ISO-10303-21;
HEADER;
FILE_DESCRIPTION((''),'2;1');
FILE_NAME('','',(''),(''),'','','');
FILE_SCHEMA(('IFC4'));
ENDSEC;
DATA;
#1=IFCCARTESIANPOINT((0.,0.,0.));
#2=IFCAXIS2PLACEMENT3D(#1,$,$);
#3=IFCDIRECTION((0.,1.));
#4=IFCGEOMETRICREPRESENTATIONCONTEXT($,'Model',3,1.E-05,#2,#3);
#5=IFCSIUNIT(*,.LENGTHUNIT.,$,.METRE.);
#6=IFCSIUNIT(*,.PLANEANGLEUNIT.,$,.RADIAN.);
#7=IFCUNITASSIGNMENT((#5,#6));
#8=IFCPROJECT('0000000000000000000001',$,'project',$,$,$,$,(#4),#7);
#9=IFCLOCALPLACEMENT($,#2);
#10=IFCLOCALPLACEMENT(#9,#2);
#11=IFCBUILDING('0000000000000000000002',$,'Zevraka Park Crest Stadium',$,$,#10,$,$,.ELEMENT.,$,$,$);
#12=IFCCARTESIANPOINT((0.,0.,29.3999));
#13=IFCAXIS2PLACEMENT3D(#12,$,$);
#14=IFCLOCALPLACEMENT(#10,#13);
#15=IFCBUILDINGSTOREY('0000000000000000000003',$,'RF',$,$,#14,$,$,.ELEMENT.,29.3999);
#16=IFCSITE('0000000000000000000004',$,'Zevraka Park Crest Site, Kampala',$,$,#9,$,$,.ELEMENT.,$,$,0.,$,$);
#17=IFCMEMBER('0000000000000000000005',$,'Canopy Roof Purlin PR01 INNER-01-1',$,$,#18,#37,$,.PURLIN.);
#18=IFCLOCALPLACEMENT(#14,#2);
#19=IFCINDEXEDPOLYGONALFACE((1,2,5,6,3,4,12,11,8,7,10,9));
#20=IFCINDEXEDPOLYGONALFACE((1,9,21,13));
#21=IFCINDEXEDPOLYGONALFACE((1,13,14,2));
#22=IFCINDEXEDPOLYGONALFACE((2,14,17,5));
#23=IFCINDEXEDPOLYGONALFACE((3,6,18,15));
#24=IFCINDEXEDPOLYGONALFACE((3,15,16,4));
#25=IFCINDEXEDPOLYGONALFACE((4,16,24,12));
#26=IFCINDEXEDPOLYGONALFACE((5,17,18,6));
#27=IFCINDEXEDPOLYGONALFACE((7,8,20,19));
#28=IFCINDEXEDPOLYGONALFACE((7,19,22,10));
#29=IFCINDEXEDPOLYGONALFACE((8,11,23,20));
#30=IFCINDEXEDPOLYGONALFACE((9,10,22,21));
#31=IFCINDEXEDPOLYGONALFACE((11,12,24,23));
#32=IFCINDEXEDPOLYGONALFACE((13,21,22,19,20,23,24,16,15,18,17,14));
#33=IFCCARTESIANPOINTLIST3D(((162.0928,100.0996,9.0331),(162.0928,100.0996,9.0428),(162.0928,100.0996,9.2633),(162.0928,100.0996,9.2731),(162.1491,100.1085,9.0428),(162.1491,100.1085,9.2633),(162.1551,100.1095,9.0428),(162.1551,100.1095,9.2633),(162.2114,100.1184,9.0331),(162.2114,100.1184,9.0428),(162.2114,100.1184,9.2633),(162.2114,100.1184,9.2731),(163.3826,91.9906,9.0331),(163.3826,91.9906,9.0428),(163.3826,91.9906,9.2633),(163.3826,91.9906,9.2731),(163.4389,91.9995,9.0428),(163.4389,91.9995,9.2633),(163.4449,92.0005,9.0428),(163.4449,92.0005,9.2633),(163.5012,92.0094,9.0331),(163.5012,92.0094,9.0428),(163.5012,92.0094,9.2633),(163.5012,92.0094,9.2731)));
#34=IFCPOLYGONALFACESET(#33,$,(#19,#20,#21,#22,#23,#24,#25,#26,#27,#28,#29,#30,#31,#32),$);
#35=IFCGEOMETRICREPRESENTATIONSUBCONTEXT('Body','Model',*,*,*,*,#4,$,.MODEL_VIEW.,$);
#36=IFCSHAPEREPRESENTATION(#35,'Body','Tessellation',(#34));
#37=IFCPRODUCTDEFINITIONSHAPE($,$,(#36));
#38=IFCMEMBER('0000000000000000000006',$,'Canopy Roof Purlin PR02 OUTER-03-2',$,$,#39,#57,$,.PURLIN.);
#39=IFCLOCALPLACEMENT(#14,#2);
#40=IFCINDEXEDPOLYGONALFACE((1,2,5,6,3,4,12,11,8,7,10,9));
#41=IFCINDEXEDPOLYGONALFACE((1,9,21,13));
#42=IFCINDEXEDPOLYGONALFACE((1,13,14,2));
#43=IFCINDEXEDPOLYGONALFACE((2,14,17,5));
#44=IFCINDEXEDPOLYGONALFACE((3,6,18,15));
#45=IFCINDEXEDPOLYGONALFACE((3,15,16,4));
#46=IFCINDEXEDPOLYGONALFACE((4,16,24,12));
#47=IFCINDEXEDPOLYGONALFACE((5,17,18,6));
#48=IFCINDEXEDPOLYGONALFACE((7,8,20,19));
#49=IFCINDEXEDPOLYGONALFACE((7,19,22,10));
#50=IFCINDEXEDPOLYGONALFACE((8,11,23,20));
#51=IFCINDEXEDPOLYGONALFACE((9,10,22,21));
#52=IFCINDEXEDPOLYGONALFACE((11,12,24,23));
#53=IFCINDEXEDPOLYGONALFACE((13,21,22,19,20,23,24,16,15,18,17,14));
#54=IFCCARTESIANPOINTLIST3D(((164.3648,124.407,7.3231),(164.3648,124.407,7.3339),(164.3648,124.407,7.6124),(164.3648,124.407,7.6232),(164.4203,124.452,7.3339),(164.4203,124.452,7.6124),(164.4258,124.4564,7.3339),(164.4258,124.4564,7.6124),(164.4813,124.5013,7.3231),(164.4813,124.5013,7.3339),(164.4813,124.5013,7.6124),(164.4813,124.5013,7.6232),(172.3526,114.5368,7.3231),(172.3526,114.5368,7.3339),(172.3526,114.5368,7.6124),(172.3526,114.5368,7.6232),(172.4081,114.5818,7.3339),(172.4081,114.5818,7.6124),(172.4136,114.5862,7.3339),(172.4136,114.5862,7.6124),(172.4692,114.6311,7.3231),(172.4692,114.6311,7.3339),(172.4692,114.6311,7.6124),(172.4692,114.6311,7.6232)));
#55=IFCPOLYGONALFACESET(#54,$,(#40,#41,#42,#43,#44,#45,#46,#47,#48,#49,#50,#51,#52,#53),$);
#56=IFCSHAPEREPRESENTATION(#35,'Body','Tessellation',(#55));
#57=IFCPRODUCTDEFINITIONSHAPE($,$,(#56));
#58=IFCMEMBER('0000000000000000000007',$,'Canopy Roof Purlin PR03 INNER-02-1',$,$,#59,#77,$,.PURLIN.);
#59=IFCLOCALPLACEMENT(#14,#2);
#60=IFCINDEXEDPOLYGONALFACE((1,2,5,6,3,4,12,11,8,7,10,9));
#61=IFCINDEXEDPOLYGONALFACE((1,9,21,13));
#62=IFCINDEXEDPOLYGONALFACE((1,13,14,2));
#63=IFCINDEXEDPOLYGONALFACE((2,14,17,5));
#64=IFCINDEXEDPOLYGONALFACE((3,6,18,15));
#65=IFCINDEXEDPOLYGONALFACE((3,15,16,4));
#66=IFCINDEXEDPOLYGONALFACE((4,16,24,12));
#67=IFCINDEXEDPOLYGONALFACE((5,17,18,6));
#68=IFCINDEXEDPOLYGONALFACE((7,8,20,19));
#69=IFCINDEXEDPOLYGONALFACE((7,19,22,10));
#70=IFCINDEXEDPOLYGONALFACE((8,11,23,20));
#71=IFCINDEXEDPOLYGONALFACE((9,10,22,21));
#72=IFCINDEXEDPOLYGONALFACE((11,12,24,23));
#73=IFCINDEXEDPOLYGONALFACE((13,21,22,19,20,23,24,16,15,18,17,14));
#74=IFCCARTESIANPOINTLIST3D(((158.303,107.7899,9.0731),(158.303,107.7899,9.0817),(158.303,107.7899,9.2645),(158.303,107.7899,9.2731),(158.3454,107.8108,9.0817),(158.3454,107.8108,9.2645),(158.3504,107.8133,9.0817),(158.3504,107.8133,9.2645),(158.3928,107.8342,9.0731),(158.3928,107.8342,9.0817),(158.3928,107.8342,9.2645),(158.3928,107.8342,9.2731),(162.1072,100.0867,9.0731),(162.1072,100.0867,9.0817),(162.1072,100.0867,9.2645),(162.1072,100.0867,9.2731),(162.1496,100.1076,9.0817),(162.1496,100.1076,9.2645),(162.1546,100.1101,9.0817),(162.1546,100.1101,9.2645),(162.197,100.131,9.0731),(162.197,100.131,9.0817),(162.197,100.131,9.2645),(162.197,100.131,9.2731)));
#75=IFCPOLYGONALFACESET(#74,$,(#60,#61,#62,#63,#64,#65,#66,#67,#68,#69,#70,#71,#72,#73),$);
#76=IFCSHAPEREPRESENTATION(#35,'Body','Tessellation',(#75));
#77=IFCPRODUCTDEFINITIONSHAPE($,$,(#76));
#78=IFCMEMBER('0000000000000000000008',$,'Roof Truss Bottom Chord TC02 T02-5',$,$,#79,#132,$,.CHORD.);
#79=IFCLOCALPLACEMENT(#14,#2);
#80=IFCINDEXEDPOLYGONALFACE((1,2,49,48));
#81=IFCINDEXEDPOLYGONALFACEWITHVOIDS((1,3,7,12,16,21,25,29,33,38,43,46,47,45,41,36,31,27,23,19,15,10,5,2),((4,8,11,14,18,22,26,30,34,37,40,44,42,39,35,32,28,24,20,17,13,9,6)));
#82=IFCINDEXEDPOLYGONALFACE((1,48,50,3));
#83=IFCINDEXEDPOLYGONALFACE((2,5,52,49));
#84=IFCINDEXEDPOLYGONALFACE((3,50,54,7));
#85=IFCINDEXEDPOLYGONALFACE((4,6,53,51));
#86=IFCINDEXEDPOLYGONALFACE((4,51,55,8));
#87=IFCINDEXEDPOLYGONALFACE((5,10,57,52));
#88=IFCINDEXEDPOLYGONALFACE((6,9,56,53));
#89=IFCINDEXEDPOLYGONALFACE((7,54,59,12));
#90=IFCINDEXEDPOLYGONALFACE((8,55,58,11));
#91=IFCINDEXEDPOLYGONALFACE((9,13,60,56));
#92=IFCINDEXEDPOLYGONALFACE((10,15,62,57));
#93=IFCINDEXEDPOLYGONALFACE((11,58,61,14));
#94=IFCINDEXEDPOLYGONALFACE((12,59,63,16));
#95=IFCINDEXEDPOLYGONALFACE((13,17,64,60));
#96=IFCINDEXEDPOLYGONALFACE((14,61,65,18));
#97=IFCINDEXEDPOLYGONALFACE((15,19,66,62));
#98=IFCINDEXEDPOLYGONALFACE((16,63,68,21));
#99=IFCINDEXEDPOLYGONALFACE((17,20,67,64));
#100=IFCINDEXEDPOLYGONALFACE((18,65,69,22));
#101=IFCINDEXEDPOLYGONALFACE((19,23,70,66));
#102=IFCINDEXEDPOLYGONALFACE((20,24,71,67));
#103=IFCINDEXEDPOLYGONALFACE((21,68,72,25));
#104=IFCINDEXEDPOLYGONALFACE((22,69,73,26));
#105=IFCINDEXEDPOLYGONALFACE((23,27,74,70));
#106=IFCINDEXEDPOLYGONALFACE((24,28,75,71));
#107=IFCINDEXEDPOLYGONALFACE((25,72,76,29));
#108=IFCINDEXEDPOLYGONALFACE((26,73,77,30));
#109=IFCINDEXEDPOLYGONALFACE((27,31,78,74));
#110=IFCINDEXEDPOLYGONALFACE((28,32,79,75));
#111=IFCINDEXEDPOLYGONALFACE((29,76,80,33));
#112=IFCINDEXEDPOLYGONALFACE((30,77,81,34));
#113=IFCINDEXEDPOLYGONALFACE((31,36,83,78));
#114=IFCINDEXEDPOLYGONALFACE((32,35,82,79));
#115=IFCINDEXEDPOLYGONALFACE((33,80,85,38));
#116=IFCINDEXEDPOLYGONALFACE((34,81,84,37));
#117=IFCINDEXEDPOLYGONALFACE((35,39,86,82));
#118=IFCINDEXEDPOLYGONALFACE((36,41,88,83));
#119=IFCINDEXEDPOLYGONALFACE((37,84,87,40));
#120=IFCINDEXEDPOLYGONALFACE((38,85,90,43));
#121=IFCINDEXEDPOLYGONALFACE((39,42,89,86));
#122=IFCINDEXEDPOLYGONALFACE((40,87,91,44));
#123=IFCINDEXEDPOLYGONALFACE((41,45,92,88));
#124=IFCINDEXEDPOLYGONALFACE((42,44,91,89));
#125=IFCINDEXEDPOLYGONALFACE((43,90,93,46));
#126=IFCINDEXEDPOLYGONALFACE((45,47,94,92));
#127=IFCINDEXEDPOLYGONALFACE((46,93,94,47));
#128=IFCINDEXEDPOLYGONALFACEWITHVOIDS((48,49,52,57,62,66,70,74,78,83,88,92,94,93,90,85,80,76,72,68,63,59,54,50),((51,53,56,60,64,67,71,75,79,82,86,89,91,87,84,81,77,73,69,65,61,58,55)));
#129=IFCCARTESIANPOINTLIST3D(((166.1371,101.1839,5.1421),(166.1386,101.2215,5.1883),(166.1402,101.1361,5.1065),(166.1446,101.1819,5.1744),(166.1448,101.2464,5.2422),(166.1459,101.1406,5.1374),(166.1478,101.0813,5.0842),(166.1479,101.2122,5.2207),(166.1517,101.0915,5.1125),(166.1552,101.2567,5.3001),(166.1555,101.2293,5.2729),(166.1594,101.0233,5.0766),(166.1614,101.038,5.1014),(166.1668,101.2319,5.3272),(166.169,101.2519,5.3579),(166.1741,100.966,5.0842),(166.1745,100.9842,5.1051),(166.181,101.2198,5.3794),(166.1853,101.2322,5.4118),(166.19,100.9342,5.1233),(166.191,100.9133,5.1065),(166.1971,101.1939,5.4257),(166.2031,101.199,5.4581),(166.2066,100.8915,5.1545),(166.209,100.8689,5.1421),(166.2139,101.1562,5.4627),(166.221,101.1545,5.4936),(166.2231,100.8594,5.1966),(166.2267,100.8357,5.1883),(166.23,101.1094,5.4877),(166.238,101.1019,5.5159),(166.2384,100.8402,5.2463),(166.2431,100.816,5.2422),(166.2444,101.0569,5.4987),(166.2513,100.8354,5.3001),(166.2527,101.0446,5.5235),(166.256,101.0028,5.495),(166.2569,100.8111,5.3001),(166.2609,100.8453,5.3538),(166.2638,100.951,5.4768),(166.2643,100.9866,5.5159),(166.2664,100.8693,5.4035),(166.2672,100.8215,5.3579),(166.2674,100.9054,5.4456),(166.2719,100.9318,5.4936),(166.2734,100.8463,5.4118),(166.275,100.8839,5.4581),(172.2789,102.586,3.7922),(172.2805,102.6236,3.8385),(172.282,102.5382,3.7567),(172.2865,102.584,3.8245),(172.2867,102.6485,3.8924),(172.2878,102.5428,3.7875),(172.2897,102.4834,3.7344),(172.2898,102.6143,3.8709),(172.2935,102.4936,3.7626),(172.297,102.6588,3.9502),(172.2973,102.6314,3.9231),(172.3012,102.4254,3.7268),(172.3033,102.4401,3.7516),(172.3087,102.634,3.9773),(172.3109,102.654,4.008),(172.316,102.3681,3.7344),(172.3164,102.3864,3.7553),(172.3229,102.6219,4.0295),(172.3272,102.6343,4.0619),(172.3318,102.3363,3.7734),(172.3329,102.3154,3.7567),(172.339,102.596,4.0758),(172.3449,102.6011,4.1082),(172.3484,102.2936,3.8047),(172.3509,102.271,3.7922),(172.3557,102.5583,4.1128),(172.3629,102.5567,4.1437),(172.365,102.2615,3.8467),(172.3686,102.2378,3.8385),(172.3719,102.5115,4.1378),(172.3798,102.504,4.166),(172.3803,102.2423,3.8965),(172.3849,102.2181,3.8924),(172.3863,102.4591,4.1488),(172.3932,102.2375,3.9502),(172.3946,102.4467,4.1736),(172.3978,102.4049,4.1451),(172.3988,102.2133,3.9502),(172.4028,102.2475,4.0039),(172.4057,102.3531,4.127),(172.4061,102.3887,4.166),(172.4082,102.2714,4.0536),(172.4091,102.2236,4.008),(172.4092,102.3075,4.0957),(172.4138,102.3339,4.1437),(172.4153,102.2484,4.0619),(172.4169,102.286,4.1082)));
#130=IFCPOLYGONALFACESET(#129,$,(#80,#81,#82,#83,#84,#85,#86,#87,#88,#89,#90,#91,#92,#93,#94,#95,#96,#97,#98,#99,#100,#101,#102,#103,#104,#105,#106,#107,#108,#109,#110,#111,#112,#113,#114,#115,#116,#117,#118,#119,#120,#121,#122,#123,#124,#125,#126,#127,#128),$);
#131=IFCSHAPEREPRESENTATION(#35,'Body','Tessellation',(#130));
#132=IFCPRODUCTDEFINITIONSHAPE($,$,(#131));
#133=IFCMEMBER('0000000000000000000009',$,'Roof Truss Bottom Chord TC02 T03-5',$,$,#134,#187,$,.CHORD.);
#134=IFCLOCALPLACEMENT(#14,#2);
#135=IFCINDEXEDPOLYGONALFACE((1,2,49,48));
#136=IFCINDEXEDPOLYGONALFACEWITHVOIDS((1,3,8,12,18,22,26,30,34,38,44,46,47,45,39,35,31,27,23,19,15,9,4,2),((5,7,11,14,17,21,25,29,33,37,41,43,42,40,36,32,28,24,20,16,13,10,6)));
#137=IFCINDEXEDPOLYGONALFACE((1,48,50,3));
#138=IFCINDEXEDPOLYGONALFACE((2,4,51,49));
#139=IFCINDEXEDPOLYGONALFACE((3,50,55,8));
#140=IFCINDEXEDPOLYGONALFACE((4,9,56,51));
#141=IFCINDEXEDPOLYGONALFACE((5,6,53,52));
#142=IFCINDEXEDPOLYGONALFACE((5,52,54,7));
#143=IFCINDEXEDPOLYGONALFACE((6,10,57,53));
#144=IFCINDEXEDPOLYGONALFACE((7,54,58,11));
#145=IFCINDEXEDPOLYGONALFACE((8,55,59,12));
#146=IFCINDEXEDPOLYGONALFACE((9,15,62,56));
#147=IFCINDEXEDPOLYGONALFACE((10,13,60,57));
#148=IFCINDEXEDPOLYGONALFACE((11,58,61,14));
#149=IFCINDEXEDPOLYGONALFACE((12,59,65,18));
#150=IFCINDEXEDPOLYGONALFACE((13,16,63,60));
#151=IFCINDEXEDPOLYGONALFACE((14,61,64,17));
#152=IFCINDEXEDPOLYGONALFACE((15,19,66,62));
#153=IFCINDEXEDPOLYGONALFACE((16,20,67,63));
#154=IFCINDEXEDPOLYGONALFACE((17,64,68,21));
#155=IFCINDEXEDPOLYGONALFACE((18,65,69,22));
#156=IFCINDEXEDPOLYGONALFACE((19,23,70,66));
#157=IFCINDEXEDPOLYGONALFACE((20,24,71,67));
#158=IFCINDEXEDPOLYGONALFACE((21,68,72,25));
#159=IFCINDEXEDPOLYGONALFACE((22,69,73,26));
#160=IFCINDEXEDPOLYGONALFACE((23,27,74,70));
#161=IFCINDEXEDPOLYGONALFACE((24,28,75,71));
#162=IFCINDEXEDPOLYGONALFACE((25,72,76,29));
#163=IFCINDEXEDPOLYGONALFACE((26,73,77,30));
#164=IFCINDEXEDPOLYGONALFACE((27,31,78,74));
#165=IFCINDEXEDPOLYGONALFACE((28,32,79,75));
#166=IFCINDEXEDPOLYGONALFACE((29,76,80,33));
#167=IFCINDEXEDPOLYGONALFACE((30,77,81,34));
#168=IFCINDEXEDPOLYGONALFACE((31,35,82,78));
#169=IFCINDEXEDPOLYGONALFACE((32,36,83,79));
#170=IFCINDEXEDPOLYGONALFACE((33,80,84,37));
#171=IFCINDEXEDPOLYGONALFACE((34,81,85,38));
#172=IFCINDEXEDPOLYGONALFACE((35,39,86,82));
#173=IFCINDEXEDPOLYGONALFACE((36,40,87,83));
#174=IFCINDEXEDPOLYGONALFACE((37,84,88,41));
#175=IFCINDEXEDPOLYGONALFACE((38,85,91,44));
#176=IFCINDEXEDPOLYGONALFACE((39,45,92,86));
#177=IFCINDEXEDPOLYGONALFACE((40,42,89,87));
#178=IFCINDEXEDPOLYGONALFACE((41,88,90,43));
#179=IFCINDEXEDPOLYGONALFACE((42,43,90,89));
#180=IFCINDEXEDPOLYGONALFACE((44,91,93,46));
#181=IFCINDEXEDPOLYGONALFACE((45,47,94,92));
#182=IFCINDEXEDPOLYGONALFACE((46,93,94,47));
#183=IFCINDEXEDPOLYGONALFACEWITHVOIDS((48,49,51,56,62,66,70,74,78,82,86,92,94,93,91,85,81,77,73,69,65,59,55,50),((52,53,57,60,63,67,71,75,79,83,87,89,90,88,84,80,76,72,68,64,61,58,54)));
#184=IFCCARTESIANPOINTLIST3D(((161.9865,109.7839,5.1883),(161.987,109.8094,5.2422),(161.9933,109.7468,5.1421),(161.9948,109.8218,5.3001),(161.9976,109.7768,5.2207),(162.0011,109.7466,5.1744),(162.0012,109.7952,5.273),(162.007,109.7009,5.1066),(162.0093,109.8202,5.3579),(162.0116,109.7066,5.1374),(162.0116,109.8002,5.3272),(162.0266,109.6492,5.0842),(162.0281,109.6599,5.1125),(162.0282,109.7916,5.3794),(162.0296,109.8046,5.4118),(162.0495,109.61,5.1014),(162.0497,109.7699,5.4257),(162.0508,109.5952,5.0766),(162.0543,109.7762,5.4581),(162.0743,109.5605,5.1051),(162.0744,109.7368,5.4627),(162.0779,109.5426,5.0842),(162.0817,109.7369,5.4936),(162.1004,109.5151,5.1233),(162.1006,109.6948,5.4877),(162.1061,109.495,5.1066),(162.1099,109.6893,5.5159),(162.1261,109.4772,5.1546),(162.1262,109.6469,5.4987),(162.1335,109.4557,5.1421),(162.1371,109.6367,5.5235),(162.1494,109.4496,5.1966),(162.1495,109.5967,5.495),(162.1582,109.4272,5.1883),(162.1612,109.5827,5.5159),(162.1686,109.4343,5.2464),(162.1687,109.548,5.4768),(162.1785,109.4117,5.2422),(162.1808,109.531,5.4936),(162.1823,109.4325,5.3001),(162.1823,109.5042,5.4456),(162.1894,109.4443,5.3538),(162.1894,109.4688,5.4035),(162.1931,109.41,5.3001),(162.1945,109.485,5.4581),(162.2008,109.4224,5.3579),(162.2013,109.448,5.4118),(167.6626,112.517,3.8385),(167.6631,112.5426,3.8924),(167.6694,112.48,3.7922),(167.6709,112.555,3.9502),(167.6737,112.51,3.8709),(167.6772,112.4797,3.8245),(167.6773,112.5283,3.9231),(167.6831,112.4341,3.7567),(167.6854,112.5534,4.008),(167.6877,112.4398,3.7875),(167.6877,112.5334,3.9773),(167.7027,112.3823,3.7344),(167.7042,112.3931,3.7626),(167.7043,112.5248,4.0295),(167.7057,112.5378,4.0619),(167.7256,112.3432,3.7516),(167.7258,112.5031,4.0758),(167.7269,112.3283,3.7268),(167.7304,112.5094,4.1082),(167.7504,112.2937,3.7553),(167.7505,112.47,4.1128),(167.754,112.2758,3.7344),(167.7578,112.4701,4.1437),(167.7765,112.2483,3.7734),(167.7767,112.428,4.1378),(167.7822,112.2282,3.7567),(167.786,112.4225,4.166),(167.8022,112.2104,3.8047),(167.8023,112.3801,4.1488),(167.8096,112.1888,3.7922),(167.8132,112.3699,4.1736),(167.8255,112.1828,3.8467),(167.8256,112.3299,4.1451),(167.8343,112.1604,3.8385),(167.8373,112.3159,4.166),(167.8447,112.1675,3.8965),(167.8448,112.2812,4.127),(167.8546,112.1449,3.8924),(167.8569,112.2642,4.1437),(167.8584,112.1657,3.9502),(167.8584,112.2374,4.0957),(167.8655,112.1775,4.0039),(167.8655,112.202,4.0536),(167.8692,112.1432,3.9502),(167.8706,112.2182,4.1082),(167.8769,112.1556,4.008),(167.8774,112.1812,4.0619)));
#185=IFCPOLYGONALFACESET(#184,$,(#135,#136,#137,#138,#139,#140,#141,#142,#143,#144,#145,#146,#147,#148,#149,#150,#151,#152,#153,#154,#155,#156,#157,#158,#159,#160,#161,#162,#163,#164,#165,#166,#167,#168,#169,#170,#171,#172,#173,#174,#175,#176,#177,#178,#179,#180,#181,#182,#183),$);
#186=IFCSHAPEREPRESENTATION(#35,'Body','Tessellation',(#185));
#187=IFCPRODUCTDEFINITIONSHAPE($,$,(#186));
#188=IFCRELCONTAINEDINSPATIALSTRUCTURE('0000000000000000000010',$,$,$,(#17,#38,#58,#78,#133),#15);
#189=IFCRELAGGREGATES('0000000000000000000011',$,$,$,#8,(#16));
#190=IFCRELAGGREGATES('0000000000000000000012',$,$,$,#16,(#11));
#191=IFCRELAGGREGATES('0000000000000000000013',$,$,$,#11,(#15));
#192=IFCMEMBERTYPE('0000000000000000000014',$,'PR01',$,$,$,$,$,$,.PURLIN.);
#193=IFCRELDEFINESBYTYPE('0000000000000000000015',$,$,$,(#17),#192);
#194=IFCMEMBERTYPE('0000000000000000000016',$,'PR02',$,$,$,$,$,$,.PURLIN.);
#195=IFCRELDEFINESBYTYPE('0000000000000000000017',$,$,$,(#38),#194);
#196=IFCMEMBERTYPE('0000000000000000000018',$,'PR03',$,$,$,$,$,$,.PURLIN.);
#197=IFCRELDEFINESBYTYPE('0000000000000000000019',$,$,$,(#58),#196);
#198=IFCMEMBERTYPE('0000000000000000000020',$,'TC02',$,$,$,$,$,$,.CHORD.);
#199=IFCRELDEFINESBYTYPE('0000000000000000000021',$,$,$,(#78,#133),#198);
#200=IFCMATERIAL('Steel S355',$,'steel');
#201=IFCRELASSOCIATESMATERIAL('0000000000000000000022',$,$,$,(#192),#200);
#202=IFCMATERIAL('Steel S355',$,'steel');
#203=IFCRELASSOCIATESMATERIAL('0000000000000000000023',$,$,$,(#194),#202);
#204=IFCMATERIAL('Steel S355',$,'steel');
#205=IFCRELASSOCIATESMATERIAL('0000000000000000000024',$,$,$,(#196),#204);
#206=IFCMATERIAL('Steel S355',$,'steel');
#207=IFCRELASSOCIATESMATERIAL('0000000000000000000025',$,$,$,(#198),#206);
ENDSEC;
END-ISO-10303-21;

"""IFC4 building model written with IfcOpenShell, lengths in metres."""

from ifc_helpers import new_model, si_unit, direction, frame, origin, origin_2d, place, context, subcontext, project, spatial, hollow_circle, i_section, extrude, material, material_profile, profile_set, type_object, element, save


model = new_model("IFC4")

# Units and contexts
model_context = context("Model", 3, precision=1e-05, world=origin(), true_north=direction((0.0, 1.0)))
body_context = subcontext(model_context, "Body", "Model", "MODEL_VIEW")
ifc_project = project(units=[si_unit("LENGTHUNIT", "METRE"), si_unit("PLANEANGLEUNIT", "RADIAN")], contexts=[model_context])

# Site, building, storey
site_placement = place(None, origin())
site = spatial("IfcSite", under=ifc_project, at=site_placement, Name="Zevraka Park Crest Site, Kampala", CompositionType="ELEMENT", RefElevation=0.0)
building_placement = place(site_placement, origin())
building = spatial("IfcBuilding", under=site, at=building_placement, Name="Zevraka Park Crest Stadium", CompositionType="ELEMENT")
storey_placement = place(building_placement, frame((0.0, 0.0, 29.3999)))
storey = spatial("IfcBuildingStorey", under=building, at=storey_placement, Name="RF", CompositionType="ELEMENT", Elevation=29.3999)

# Members
ifc_material_1 = material(Name="Steel S355", Category="steel")
ifc_material_profile_1 = material_profile(ifc_material_1, i_section(OverallWidth=0.1201, OverallDepth=0.24, WebThickness=0.0061, FlangeThickness=0.0098, at=origin_2d()), Name="IPE 240")
ifc_profile_set_1 = profile_set([ifc_material_profile_1], Name="Steel S355")
member_type_1 = type_object("IfcMemberType", Name="PR01", PredefinedType="PURLIN", material=ifc_profile_set_1)
member_1_placement = place(storey_placement, frame((163.4419, 92.0, 9.1531), z_axis=(-0.157085, 0.987585, 0.0), x_axis=(-0.987585, -0.157085, 0.0)))
element("IfcMember", 1, at=member_1_placement, inside=storey, type_object=member_type_1, Name="Canopy Roof Purlin PR01 INNER-01-1", PredefinedType="PURLIN", context=body_context, shape_type="SweptSolid", body=[
    extrude(i_section(OverallWidth=0.1201, OverallDepth=0.24, WebThickness=0.0061, FlangeThickness=0.0098, at=origin_2d()), origin(), (0.0, 0.0, 1.0), 8.2109),
])
ifc_material_2 = material(Name="Steel S355", Category="steel")
ifc_material_profile_2 = material_profile(ifc_material_2, i_section(OverallWidth=0.1499, OverallDepth=0.3, WebThickness=0.0071, FlangeThickness=0.0107, at=origin_2d()), Name="IPE 300")
ifc_profile_set_2 = profile_set([ifc_material_profile_2], Name="Steel S355")
member_type_2 = type_object("IfcMemberType", Name="PR02", PredefinedType="PURLIN", material=ifc_profile_set_2)
member_2_placement = place(storey_placement, frame((172.4109, 114.584, 7.4731), z_axis=(-0.629089, 0.777334, 0.0), x_axis=(-0.777334, -0.629089, 0.0)))
element("IfcMember", 2, at=member_2_placement, inside=storey, type_object=member_type_2, Name="Canopy Roof Purlin PR02 OUTER-03-2", PredefinedType="PURLIN", context=body_context, shape_type="SweptSolid", body=[
    extrude(i_section(OverallWidth=0.1499, OverallDepth=0.3, WebThickness=0.0071, FlangeThickness=0.0107, at=origin_2d()), origin(), (0.0, 0.0, 1.0), 12.6975),
])
ifc_material_3 = material(Name="Steel S355", Category="steel")
ifc_material_profile_3 = material_profile(ifc_material_3, i_section(OverallWidth=0.1001, OverallDepth=0.2, WebThickness=0.0056, FlangeThickness=0.0085, at=origin_2d()), Name="IPE 200")
ifc_profile_set_3 = profile_set([ifc_material_profile_3], Name="Steel S355")
member_type_3 = type_object("IfcMemberType", Name="PR03", PredefinedType="PURLIN", material=ifc_profile_set_3)
member_3_placement = place(storey_placement, frame((162.1521, 100.1089, 9.1731), z_axis=(-0.442798, 0.896621, 0.0), x_axis=(-0.896621, -0.442798, 0.0)))
element("IfcMember", 3, at=member_3_placement, inside=storey, type_object=member_type_3, Name="Canopy Roof Purlin PR03 INNER-02-1", PredefinedType="PURLIN", context=body_context, shape_type="SweptSolid", body=[
    extrude(i_section(OverallWidth=0.1001, OverallDepth=0.2, WebThickness=0.0056, FlangeThickness=0.0085, at=origin_2d()), origin(), (0.0, 0.0, 1.0), 8.5913),
])
ifc_material_4 = material(Name="Steel S355", Category="steel")
ifc_material_profile_4 = material_profile(ifc_material_4, hollow_circle(Radius=0.2285, WallThickness=0.0249, at=origin_2d()), Name="CHS 457.0x25")
ifc_profile_set_4 = profile_set([ifc_material_profile_4], Name="Steel S355")
member_type_4 = type_object("IfcMemberType", Name="TC02", PredefinedType="CHORD", material=ifc_profile_set_4)
for number, where, z_axis, x_axis, name in (
    (4, (172.3479, 102.436, 3.9502), (-0.953282, -0.217621, 0.209512), (0.222561, -0.974919, 0.0), "Roof Truss Bottom Chord TC02 T02-5"),
    (5, (167.77, 112.3491, 3.9502), (-0.880989, -0.424219, 0.209514), (0.433848, -0.900986, 0.0), "Roof Truss Bottom Chord TC02 T03-5"),
):
    element("IfcMember", number, at=place(storey_placement, frame(where, z_axis=z_axis, x_axis=x_axis)), inside=storey, type_object=member_type_4, Name=name, PredefinedType="CHORD", context=body_context, shape_type="SweptSolid", body=[
        extrude(hollow_circle(Radius=0.2285, WallThickness=0.0249, at=origin_2d()), origin(), (0.0, 0.0, 1.0), 6.4429),
    ])

save(model, "model.ifc")
